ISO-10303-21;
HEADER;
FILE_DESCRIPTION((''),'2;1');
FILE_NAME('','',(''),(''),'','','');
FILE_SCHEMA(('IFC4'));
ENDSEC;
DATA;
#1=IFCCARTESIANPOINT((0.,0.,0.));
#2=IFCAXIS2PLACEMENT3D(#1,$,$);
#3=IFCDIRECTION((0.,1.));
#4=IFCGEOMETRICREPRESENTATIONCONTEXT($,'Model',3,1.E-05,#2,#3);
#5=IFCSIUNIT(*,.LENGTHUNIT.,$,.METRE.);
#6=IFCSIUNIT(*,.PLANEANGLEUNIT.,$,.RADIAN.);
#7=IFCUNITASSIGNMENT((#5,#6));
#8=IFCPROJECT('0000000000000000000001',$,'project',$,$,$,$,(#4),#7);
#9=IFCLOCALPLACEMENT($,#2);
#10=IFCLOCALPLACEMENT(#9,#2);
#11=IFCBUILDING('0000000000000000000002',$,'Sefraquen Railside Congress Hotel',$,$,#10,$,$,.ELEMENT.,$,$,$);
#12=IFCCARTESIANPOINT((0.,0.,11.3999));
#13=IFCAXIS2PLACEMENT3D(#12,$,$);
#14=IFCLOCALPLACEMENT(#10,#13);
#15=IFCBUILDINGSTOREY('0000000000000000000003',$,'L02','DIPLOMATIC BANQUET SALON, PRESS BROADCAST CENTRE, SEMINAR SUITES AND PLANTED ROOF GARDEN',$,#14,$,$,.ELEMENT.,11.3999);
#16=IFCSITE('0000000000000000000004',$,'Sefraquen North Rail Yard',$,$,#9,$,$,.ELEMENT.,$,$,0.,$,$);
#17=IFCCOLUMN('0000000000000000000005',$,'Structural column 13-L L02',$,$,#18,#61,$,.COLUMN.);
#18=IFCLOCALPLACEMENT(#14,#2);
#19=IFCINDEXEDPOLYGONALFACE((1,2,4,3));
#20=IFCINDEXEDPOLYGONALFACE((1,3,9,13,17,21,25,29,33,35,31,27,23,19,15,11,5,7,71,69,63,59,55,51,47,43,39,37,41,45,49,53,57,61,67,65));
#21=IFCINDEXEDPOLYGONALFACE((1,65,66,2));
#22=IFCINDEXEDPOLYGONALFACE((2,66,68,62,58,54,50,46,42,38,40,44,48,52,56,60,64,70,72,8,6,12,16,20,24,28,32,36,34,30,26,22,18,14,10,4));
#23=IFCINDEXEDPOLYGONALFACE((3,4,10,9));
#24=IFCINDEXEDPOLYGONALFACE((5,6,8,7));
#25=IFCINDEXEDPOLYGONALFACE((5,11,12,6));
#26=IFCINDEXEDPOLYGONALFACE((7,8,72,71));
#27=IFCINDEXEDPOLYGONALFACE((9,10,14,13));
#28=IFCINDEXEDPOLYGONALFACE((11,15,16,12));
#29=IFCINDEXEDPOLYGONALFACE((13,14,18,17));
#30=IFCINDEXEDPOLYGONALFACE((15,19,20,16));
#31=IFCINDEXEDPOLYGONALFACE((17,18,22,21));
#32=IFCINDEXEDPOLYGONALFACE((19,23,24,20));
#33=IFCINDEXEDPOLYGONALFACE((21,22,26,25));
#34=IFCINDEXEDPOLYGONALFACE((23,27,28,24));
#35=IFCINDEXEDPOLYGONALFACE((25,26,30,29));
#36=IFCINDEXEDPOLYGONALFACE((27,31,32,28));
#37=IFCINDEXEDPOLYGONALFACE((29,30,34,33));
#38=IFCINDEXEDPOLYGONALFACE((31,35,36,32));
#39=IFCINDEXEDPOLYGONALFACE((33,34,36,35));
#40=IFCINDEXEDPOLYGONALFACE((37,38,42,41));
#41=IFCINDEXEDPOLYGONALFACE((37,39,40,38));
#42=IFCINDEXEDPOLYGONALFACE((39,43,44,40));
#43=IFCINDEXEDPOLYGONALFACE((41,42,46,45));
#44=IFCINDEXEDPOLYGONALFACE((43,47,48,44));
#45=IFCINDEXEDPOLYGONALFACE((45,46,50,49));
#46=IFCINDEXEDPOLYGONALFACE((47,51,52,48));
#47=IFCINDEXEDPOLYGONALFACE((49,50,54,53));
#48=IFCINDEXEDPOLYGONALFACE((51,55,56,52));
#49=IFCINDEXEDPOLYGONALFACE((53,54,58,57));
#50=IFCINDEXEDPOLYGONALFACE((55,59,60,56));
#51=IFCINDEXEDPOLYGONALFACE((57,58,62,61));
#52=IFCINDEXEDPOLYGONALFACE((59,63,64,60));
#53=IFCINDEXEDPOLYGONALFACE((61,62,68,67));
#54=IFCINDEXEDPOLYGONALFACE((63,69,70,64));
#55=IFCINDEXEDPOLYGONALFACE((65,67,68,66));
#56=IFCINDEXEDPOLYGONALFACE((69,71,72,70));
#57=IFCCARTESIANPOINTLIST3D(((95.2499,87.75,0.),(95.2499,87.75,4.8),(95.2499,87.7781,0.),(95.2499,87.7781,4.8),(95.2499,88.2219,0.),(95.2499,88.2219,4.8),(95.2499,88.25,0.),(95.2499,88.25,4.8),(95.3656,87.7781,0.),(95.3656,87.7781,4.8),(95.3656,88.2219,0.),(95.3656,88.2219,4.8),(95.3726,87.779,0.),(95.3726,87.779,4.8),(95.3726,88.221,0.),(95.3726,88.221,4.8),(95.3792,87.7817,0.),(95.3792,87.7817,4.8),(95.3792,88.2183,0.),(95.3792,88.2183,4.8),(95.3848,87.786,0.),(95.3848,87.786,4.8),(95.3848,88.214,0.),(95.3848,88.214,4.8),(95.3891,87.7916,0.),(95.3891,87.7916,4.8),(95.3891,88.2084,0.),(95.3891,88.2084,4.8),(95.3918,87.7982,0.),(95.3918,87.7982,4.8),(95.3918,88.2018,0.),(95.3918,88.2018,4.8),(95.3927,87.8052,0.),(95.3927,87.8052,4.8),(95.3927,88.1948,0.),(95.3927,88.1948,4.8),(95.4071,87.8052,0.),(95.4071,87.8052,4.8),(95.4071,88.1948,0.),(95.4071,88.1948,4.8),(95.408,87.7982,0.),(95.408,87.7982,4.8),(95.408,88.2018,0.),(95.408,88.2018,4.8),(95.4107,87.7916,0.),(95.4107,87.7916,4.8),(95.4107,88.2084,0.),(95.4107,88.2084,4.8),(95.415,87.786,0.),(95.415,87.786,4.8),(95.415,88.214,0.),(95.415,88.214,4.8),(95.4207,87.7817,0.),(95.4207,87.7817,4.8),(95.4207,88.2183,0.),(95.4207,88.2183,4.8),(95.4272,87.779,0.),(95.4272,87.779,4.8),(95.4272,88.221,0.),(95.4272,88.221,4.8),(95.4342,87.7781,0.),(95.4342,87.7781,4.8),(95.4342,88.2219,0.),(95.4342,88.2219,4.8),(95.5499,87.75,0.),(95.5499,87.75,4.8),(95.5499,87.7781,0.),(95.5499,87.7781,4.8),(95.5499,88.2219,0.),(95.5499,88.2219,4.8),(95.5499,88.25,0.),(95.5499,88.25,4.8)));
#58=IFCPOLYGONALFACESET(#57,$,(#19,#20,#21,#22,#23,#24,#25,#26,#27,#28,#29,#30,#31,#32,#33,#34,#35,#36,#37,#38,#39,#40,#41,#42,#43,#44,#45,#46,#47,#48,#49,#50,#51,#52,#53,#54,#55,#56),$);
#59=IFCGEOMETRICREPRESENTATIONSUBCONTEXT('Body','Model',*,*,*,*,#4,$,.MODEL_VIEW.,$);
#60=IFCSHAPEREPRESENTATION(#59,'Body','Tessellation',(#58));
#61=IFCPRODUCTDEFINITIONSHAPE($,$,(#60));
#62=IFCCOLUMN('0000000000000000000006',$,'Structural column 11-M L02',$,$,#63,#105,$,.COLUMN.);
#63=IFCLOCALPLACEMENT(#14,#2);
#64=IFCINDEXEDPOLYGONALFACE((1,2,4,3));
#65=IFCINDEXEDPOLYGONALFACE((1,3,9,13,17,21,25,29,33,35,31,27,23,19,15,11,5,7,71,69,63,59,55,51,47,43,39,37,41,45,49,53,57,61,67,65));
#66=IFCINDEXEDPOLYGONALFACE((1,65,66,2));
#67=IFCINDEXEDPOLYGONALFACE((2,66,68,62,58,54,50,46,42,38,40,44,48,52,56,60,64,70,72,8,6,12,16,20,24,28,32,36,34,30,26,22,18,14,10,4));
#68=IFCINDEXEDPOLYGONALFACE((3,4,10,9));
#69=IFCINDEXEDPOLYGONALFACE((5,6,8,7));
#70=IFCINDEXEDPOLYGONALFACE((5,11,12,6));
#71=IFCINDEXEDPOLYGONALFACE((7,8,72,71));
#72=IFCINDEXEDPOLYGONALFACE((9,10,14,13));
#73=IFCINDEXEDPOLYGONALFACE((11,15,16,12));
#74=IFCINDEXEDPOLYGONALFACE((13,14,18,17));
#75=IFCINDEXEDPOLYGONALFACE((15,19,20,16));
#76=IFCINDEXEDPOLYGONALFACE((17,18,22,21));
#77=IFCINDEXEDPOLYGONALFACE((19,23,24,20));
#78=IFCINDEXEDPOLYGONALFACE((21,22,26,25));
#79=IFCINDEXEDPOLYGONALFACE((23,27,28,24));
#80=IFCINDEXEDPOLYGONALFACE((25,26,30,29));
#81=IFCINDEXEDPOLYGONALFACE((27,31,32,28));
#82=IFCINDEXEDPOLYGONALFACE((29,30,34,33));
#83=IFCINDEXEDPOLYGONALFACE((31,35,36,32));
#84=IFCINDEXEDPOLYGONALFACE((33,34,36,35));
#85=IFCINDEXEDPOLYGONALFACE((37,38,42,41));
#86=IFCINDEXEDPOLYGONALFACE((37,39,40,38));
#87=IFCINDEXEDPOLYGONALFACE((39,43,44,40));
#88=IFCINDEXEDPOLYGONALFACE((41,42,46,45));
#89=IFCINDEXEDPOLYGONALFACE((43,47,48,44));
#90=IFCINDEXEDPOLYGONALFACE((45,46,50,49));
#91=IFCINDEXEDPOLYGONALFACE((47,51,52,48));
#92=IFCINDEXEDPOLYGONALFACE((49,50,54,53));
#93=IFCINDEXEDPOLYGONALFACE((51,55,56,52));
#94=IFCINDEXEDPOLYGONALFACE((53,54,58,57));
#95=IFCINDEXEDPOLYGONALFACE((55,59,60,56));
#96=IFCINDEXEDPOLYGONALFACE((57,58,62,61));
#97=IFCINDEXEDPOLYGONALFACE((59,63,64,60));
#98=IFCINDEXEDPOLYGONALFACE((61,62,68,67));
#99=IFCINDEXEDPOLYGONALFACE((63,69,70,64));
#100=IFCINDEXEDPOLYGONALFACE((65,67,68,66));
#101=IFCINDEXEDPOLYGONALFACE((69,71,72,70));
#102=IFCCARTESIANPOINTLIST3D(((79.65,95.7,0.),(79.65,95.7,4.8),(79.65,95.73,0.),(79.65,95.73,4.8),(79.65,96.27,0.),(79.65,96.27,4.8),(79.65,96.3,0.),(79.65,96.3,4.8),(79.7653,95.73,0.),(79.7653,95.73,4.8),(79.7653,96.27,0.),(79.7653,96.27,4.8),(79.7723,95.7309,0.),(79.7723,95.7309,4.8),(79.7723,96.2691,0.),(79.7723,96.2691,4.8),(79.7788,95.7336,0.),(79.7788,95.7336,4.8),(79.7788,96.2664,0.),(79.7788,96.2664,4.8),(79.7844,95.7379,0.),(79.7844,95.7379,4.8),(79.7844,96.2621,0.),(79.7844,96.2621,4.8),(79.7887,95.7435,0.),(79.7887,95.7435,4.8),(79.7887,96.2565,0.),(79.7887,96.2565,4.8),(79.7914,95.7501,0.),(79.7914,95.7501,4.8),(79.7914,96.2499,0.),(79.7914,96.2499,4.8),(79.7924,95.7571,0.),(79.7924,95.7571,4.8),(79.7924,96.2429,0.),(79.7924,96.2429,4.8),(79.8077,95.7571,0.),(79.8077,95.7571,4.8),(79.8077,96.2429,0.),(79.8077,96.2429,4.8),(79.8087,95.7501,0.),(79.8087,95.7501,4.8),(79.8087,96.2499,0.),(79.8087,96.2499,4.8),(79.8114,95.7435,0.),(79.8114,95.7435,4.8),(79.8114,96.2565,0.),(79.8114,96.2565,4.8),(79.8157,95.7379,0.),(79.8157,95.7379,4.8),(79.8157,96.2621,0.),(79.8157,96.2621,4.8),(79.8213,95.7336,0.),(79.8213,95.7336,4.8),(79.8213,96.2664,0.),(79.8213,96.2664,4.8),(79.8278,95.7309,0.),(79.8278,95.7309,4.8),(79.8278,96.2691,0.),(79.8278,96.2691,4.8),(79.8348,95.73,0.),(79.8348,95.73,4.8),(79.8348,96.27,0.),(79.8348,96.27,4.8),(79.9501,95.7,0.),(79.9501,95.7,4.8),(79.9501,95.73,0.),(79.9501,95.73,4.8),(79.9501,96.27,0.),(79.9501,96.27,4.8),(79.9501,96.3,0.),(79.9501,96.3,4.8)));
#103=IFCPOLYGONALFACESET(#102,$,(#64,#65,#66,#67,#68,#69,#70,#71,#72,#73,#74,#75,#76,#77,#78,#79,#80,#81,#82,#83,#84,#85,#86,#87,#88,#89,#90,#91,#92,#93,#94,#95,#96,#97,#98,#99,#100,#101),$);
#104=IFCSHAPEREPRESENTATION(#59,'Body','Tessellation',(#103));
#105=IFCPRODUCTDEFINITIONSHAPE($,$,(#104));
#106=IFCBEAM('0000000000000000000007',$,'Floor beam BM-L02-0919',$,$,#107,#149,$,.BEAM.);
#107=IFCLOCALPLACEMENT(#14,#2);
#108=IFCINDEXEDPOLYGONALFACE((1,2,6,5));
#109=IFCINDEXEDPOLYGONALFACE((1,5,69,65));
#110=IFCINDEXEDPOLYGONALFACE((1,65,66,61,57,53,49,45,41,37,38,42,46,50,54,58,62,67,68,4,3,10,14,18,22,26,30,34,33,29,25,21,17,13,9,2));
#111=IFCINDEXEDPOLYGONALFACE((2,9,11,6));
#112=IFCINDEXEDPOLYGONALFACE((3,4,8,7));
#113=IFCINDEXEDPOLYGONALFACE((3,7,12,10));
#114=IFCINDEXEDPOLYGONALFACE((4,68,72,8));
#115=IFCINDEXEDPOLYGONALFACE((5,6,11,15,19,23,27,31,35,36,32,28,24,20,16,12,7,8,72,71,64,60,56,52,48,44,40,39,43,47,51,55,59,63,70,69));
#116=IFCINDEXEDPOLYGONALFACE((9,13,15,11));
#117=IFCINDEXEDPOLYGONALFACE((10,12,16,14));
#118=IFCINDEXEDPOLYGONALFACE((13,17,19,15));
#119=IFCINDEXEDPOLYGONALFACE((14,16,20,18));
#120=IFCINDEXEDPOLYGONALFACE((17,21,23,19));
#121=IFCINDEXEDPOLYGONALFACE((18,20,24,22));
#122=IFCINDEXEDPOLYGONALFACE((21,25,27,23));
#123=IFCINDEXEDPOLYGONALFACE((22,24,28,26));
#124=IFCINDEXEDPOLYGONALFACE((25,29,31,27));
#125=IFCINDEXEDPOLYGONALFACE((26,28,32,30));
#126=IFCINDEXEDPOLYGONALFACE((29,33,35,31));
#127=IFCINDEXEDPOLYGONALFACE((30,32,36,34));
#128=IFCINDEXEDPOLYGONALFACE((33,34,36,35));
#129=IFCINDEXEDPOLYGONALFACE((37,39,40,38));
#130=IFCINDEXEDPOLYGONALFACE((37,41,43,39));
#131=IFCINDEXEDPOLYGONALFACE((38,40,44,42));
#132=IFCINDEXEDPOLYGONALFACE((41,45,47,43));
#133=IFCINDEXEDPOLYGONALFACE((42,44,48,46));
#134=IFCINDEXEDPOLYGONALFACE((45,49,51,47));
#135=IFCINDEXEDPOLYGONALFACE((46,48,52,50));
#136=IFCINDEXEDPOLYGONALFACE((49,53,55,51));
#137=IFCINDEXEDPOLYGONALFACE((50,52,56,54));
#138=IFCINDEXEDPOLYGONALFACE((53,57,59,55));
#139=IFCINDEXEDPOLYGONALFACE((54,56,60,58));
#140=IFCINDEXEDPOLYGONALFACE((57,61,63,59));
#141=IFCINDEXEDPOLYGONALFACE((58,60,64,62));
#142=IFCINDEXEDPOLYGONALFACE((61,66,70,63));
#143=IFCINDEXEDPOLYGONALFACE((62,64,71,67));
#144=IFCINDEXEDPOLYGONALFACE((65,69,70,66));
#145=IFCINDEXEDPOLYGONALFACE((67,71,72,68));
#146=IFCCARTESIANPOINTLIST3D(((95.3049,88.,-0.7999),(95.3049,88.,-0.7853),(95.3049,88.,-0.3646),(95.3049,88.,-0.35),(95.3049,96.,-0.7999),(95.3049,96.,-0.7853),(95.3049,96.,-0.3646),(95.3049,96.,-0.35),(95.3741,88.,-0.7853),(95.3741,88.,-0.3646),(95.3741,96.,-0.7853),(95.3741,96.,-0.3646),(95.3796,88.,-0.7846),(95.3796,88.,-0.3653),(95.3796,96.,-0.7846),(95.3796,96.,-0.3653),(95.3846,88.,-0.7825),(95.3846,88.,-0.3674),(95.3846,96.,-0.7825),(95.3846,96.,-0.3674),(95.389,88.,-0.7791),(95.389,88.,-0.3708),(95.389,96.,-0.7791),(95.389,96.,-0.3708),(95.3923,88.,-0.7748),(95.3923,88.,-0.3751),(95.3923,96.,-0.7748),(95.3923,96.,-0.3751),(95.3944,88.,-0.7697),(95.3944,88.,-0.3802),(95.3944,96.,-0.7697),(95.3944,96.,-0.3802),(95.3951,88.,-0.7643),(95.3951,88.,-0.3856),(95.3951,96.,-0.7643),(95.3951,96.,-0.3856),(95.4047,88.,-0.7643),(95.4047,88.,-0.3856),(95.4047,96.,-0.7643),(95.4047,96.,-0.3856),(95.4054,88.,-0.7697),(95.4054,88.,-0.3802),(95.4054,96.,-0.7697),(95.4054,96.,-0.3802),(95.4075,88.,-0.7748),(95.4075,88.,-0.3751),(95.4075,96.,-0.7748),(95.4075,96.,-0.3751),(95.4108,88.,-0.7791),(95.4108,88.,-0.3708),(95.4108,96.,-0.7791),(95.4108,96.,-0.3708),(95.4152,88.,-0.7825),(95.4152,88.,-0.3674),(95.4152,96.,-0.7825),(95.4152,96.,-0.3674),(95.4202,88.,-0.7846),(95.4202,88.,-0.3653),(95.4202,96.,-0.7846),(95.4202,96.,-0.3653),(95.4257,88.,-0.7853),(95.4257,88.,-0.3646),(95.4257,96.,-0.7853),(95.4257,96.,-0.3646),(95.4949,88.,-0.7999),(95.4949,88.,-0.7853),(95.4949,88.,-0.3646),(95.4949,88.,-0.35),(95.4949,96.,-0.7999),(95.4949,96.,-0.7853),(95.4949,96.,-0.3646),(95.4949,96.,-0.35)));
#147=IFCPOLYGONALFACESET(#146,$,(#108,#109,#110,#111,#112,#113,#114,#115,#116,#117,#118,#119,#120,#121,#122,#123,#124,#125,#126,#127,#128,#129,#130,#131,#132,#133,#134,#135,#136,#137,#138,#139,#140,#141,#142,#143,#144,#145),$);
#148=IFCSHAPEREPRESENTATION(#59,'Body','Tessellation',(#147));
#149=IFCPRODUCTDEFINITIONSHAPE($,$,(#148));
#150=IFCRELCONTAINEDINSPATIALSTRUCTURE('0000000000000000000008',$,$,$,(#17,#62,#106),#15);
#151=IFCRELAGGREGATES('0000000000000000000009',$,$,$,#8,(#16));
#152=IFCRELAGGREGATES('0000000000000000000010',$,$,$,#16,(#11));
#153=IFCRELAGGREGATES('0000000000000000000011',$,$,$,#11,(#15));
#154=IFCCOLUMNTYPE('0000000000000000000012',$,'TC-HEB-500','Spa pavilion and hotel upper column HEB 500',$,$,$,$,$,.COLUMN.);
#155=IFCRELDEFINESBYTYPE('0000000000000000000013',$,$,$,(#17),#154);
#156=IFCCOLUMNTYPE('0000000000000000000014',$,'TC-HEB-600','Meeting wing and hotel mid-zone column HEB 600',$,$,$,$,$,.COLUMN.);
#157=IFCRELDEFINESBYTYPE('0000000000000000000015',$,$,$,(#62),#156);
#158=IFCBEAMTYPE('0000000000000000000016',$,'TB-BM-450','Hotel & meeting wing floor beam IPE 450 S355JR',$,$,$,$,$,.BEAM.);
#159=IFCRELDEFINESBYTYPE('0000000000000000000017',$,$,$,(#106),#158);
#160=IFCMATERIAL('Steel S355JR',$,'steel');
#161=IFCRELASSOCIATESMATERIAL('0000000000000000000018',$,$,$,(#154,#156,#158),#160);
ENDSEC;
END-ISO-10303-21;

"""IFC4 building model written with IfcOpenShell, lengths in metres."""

from ifc_helpers import new_model, si_unit, direction, frame, origin, origin_2d, place, context, subcontext, project, spatial, i_section, extrude, material, material_profile, profile_set, type_object, element, save


model = new_model("IFC4")

# Units and contexts
model_context = context("Model", 3, precision=1e-05, world=origin(), true_north=direction((0.0, 1.0)))
body_context = subcontext(model_context, "Body", "Model", "MODEL_VIEW")
ifc_project = project(units=[si_unit("LENGTHUNIT", "METRE"), si_unit("PLANEANGLEUNIT", "RADIAN")], contexts=[model_context])

# Site, building, storey
site_placement = place(None, origin())
site = spatial("IfcSite", under=ifc_project, at=site_placement, Name="Sefraquen North Rail Yard", CompositionType="ELEMENT", RefElevation=0.0)
building_placement = place(site_placement, origin())
building = spatial("IfcBuilding", under=site, at=building_placement, Name="Sefraquen Railside Congress Hotel", CompositionType="ELEMENT")
storey_placement = place(building_placement, frame((0.0, 0.0, 11.3999)))
storey = spatial("IfcBuildingStorey", under=building, at=storey_placement, Name="L02", Description="DIPLOMATIC BANQUET SALON, PRESS BROADCAST CENTRE, SEMINAR SUITES AND PLANTED ROOF GARDEN", CompositionType="ELEMENT", Elevation=11.3999)

# Columns
ifc_material_1 = material(Name="Steel S355JR", Category="steel")
ifc_material_profile_1 = material_profile(ifc_material_1, i_section(OverallWidth=0.3, OverallDepth=0.5, WebThickness=0.0144, FlangeThickness=0.0281, FilletRadius=0.0271, at=origin_2d()), Name="HEB 500")
ifc_profile_set_1 = profile_set([ifc_material_profile_1], Name="Steel S355JR")
column_type_1 = type_object("IfcColumnType", Name="TC-HEB-500", Description="Spa pavilion and hotel upper column HEB 500", PredefinedType="COLUMN", material=ifc_profile_set_1)
column_1_placement = place(storey_placement, frame((95.3999, 88.0, 0.0), z_axis=(0.0, 0.0, 1.0), x_axis=(1.0, 0.0, 0.0)))
element("IfcColumn", 1, at=column_1_placement, inside=storey, type_object=column_type_1, Name="Structural column 13-L L02", PredefinedType="COLUMN", context=body_context, shape_type="SweptSolid", body=[
    extrude(i_section(OverallWidth=0.3, OverallDepth=0.5, WebThickness=0.0144, FlangeThickness=0.0281, FilletRadius=0.0271, at=origin_2d()), origin(), (0.0, 0.0, 1.0), 4.8),
])
ifc_material_profile_2 = material_profile(ifc_material_1, i_section(OverallWidth=0.3, OverallDepth=0.6001, WebThickness=0.0154, FlangeThickness=0.03, FilletRadius=0.0271, at=origin_2d()), Name="HEB 600")
ifc_profile_set_2 = profile_set([ifc_material_profile_2], Name="Steel S355JR")
column_type_2 = type_object("IfcColumnType", Name="TC-HEB-600", Description="Meeting wing and hotel mid-zone column HEB 600", PredefinedType="COLUMN", material=ifc_profile_set_2)
column_2_placement = place(storey_placement, frame((79.8, 96.0, 0.0), z_axis=(0.0, 0.0, 1.0), x_axis=(1.0, 0.0, 0.0)))
element("IfcColumn", 2, at=column_2_placement, inside=storey, type_object=column_type_2, Name="Structural column 11-M L02", PredefinedType="COLUMN", context=body_context, shape_type="SweptSolid", body=[
    extrude(i_section(OverallWidth=0.3, OverallDepth=0.6001, WebThickness=0.0154, FlangeThickness=0.03, FilletRadius=0.0271, at=origin_2d()), origin(), (0.0, 0.0, 1.0), 4.8),
])

# Beam
ifc_material_profile_3 = material_profile(ifc_material_1, i_section(OverallWidth=0.1899, OverallDepth=0.45, WebThickness=0.0095, FlangeThickness=0.0146, FilletRadius=0.021, at=origin_2d()), Name="IPE 450")
ifc_profile_set_3 = profile_set([ifc_material_profile_3], Name="Steel S355JR")
beam_type_1 = type_object("IfcBeamType", Name="TB-BM-450", Description="Hotel & meeting wing floor beam IPE 450 S355JR", PredefinedType="BEAM", material=ifc_profile_set_3)
beam_1_placement = place(storey_placement, frame((95.3999, 88.0, -0.575), z_axis=(0.0, 1.0, 0.0), x_axis=(-1.0, 0.0, 0.0)))
element("IfcBeam", 3, at=beam_1_placement, inside=storey, type_object=beam_type_1, Name="Floor beam BM-L02-0919", PredefinedType="BEAM", context=body_context, shape_type="SweptSolid", body=[
    extrude(i_section(OverallWidth=0.1899, OverallDepth=0.45, WebThickness=0.0095, FlangeThickness=0.0146, FilletRadius=0.021, at=origin_2d()), origin(), (0.0, 0.0, 1.0), 8.0),
])

save(model, "model.ifc")
